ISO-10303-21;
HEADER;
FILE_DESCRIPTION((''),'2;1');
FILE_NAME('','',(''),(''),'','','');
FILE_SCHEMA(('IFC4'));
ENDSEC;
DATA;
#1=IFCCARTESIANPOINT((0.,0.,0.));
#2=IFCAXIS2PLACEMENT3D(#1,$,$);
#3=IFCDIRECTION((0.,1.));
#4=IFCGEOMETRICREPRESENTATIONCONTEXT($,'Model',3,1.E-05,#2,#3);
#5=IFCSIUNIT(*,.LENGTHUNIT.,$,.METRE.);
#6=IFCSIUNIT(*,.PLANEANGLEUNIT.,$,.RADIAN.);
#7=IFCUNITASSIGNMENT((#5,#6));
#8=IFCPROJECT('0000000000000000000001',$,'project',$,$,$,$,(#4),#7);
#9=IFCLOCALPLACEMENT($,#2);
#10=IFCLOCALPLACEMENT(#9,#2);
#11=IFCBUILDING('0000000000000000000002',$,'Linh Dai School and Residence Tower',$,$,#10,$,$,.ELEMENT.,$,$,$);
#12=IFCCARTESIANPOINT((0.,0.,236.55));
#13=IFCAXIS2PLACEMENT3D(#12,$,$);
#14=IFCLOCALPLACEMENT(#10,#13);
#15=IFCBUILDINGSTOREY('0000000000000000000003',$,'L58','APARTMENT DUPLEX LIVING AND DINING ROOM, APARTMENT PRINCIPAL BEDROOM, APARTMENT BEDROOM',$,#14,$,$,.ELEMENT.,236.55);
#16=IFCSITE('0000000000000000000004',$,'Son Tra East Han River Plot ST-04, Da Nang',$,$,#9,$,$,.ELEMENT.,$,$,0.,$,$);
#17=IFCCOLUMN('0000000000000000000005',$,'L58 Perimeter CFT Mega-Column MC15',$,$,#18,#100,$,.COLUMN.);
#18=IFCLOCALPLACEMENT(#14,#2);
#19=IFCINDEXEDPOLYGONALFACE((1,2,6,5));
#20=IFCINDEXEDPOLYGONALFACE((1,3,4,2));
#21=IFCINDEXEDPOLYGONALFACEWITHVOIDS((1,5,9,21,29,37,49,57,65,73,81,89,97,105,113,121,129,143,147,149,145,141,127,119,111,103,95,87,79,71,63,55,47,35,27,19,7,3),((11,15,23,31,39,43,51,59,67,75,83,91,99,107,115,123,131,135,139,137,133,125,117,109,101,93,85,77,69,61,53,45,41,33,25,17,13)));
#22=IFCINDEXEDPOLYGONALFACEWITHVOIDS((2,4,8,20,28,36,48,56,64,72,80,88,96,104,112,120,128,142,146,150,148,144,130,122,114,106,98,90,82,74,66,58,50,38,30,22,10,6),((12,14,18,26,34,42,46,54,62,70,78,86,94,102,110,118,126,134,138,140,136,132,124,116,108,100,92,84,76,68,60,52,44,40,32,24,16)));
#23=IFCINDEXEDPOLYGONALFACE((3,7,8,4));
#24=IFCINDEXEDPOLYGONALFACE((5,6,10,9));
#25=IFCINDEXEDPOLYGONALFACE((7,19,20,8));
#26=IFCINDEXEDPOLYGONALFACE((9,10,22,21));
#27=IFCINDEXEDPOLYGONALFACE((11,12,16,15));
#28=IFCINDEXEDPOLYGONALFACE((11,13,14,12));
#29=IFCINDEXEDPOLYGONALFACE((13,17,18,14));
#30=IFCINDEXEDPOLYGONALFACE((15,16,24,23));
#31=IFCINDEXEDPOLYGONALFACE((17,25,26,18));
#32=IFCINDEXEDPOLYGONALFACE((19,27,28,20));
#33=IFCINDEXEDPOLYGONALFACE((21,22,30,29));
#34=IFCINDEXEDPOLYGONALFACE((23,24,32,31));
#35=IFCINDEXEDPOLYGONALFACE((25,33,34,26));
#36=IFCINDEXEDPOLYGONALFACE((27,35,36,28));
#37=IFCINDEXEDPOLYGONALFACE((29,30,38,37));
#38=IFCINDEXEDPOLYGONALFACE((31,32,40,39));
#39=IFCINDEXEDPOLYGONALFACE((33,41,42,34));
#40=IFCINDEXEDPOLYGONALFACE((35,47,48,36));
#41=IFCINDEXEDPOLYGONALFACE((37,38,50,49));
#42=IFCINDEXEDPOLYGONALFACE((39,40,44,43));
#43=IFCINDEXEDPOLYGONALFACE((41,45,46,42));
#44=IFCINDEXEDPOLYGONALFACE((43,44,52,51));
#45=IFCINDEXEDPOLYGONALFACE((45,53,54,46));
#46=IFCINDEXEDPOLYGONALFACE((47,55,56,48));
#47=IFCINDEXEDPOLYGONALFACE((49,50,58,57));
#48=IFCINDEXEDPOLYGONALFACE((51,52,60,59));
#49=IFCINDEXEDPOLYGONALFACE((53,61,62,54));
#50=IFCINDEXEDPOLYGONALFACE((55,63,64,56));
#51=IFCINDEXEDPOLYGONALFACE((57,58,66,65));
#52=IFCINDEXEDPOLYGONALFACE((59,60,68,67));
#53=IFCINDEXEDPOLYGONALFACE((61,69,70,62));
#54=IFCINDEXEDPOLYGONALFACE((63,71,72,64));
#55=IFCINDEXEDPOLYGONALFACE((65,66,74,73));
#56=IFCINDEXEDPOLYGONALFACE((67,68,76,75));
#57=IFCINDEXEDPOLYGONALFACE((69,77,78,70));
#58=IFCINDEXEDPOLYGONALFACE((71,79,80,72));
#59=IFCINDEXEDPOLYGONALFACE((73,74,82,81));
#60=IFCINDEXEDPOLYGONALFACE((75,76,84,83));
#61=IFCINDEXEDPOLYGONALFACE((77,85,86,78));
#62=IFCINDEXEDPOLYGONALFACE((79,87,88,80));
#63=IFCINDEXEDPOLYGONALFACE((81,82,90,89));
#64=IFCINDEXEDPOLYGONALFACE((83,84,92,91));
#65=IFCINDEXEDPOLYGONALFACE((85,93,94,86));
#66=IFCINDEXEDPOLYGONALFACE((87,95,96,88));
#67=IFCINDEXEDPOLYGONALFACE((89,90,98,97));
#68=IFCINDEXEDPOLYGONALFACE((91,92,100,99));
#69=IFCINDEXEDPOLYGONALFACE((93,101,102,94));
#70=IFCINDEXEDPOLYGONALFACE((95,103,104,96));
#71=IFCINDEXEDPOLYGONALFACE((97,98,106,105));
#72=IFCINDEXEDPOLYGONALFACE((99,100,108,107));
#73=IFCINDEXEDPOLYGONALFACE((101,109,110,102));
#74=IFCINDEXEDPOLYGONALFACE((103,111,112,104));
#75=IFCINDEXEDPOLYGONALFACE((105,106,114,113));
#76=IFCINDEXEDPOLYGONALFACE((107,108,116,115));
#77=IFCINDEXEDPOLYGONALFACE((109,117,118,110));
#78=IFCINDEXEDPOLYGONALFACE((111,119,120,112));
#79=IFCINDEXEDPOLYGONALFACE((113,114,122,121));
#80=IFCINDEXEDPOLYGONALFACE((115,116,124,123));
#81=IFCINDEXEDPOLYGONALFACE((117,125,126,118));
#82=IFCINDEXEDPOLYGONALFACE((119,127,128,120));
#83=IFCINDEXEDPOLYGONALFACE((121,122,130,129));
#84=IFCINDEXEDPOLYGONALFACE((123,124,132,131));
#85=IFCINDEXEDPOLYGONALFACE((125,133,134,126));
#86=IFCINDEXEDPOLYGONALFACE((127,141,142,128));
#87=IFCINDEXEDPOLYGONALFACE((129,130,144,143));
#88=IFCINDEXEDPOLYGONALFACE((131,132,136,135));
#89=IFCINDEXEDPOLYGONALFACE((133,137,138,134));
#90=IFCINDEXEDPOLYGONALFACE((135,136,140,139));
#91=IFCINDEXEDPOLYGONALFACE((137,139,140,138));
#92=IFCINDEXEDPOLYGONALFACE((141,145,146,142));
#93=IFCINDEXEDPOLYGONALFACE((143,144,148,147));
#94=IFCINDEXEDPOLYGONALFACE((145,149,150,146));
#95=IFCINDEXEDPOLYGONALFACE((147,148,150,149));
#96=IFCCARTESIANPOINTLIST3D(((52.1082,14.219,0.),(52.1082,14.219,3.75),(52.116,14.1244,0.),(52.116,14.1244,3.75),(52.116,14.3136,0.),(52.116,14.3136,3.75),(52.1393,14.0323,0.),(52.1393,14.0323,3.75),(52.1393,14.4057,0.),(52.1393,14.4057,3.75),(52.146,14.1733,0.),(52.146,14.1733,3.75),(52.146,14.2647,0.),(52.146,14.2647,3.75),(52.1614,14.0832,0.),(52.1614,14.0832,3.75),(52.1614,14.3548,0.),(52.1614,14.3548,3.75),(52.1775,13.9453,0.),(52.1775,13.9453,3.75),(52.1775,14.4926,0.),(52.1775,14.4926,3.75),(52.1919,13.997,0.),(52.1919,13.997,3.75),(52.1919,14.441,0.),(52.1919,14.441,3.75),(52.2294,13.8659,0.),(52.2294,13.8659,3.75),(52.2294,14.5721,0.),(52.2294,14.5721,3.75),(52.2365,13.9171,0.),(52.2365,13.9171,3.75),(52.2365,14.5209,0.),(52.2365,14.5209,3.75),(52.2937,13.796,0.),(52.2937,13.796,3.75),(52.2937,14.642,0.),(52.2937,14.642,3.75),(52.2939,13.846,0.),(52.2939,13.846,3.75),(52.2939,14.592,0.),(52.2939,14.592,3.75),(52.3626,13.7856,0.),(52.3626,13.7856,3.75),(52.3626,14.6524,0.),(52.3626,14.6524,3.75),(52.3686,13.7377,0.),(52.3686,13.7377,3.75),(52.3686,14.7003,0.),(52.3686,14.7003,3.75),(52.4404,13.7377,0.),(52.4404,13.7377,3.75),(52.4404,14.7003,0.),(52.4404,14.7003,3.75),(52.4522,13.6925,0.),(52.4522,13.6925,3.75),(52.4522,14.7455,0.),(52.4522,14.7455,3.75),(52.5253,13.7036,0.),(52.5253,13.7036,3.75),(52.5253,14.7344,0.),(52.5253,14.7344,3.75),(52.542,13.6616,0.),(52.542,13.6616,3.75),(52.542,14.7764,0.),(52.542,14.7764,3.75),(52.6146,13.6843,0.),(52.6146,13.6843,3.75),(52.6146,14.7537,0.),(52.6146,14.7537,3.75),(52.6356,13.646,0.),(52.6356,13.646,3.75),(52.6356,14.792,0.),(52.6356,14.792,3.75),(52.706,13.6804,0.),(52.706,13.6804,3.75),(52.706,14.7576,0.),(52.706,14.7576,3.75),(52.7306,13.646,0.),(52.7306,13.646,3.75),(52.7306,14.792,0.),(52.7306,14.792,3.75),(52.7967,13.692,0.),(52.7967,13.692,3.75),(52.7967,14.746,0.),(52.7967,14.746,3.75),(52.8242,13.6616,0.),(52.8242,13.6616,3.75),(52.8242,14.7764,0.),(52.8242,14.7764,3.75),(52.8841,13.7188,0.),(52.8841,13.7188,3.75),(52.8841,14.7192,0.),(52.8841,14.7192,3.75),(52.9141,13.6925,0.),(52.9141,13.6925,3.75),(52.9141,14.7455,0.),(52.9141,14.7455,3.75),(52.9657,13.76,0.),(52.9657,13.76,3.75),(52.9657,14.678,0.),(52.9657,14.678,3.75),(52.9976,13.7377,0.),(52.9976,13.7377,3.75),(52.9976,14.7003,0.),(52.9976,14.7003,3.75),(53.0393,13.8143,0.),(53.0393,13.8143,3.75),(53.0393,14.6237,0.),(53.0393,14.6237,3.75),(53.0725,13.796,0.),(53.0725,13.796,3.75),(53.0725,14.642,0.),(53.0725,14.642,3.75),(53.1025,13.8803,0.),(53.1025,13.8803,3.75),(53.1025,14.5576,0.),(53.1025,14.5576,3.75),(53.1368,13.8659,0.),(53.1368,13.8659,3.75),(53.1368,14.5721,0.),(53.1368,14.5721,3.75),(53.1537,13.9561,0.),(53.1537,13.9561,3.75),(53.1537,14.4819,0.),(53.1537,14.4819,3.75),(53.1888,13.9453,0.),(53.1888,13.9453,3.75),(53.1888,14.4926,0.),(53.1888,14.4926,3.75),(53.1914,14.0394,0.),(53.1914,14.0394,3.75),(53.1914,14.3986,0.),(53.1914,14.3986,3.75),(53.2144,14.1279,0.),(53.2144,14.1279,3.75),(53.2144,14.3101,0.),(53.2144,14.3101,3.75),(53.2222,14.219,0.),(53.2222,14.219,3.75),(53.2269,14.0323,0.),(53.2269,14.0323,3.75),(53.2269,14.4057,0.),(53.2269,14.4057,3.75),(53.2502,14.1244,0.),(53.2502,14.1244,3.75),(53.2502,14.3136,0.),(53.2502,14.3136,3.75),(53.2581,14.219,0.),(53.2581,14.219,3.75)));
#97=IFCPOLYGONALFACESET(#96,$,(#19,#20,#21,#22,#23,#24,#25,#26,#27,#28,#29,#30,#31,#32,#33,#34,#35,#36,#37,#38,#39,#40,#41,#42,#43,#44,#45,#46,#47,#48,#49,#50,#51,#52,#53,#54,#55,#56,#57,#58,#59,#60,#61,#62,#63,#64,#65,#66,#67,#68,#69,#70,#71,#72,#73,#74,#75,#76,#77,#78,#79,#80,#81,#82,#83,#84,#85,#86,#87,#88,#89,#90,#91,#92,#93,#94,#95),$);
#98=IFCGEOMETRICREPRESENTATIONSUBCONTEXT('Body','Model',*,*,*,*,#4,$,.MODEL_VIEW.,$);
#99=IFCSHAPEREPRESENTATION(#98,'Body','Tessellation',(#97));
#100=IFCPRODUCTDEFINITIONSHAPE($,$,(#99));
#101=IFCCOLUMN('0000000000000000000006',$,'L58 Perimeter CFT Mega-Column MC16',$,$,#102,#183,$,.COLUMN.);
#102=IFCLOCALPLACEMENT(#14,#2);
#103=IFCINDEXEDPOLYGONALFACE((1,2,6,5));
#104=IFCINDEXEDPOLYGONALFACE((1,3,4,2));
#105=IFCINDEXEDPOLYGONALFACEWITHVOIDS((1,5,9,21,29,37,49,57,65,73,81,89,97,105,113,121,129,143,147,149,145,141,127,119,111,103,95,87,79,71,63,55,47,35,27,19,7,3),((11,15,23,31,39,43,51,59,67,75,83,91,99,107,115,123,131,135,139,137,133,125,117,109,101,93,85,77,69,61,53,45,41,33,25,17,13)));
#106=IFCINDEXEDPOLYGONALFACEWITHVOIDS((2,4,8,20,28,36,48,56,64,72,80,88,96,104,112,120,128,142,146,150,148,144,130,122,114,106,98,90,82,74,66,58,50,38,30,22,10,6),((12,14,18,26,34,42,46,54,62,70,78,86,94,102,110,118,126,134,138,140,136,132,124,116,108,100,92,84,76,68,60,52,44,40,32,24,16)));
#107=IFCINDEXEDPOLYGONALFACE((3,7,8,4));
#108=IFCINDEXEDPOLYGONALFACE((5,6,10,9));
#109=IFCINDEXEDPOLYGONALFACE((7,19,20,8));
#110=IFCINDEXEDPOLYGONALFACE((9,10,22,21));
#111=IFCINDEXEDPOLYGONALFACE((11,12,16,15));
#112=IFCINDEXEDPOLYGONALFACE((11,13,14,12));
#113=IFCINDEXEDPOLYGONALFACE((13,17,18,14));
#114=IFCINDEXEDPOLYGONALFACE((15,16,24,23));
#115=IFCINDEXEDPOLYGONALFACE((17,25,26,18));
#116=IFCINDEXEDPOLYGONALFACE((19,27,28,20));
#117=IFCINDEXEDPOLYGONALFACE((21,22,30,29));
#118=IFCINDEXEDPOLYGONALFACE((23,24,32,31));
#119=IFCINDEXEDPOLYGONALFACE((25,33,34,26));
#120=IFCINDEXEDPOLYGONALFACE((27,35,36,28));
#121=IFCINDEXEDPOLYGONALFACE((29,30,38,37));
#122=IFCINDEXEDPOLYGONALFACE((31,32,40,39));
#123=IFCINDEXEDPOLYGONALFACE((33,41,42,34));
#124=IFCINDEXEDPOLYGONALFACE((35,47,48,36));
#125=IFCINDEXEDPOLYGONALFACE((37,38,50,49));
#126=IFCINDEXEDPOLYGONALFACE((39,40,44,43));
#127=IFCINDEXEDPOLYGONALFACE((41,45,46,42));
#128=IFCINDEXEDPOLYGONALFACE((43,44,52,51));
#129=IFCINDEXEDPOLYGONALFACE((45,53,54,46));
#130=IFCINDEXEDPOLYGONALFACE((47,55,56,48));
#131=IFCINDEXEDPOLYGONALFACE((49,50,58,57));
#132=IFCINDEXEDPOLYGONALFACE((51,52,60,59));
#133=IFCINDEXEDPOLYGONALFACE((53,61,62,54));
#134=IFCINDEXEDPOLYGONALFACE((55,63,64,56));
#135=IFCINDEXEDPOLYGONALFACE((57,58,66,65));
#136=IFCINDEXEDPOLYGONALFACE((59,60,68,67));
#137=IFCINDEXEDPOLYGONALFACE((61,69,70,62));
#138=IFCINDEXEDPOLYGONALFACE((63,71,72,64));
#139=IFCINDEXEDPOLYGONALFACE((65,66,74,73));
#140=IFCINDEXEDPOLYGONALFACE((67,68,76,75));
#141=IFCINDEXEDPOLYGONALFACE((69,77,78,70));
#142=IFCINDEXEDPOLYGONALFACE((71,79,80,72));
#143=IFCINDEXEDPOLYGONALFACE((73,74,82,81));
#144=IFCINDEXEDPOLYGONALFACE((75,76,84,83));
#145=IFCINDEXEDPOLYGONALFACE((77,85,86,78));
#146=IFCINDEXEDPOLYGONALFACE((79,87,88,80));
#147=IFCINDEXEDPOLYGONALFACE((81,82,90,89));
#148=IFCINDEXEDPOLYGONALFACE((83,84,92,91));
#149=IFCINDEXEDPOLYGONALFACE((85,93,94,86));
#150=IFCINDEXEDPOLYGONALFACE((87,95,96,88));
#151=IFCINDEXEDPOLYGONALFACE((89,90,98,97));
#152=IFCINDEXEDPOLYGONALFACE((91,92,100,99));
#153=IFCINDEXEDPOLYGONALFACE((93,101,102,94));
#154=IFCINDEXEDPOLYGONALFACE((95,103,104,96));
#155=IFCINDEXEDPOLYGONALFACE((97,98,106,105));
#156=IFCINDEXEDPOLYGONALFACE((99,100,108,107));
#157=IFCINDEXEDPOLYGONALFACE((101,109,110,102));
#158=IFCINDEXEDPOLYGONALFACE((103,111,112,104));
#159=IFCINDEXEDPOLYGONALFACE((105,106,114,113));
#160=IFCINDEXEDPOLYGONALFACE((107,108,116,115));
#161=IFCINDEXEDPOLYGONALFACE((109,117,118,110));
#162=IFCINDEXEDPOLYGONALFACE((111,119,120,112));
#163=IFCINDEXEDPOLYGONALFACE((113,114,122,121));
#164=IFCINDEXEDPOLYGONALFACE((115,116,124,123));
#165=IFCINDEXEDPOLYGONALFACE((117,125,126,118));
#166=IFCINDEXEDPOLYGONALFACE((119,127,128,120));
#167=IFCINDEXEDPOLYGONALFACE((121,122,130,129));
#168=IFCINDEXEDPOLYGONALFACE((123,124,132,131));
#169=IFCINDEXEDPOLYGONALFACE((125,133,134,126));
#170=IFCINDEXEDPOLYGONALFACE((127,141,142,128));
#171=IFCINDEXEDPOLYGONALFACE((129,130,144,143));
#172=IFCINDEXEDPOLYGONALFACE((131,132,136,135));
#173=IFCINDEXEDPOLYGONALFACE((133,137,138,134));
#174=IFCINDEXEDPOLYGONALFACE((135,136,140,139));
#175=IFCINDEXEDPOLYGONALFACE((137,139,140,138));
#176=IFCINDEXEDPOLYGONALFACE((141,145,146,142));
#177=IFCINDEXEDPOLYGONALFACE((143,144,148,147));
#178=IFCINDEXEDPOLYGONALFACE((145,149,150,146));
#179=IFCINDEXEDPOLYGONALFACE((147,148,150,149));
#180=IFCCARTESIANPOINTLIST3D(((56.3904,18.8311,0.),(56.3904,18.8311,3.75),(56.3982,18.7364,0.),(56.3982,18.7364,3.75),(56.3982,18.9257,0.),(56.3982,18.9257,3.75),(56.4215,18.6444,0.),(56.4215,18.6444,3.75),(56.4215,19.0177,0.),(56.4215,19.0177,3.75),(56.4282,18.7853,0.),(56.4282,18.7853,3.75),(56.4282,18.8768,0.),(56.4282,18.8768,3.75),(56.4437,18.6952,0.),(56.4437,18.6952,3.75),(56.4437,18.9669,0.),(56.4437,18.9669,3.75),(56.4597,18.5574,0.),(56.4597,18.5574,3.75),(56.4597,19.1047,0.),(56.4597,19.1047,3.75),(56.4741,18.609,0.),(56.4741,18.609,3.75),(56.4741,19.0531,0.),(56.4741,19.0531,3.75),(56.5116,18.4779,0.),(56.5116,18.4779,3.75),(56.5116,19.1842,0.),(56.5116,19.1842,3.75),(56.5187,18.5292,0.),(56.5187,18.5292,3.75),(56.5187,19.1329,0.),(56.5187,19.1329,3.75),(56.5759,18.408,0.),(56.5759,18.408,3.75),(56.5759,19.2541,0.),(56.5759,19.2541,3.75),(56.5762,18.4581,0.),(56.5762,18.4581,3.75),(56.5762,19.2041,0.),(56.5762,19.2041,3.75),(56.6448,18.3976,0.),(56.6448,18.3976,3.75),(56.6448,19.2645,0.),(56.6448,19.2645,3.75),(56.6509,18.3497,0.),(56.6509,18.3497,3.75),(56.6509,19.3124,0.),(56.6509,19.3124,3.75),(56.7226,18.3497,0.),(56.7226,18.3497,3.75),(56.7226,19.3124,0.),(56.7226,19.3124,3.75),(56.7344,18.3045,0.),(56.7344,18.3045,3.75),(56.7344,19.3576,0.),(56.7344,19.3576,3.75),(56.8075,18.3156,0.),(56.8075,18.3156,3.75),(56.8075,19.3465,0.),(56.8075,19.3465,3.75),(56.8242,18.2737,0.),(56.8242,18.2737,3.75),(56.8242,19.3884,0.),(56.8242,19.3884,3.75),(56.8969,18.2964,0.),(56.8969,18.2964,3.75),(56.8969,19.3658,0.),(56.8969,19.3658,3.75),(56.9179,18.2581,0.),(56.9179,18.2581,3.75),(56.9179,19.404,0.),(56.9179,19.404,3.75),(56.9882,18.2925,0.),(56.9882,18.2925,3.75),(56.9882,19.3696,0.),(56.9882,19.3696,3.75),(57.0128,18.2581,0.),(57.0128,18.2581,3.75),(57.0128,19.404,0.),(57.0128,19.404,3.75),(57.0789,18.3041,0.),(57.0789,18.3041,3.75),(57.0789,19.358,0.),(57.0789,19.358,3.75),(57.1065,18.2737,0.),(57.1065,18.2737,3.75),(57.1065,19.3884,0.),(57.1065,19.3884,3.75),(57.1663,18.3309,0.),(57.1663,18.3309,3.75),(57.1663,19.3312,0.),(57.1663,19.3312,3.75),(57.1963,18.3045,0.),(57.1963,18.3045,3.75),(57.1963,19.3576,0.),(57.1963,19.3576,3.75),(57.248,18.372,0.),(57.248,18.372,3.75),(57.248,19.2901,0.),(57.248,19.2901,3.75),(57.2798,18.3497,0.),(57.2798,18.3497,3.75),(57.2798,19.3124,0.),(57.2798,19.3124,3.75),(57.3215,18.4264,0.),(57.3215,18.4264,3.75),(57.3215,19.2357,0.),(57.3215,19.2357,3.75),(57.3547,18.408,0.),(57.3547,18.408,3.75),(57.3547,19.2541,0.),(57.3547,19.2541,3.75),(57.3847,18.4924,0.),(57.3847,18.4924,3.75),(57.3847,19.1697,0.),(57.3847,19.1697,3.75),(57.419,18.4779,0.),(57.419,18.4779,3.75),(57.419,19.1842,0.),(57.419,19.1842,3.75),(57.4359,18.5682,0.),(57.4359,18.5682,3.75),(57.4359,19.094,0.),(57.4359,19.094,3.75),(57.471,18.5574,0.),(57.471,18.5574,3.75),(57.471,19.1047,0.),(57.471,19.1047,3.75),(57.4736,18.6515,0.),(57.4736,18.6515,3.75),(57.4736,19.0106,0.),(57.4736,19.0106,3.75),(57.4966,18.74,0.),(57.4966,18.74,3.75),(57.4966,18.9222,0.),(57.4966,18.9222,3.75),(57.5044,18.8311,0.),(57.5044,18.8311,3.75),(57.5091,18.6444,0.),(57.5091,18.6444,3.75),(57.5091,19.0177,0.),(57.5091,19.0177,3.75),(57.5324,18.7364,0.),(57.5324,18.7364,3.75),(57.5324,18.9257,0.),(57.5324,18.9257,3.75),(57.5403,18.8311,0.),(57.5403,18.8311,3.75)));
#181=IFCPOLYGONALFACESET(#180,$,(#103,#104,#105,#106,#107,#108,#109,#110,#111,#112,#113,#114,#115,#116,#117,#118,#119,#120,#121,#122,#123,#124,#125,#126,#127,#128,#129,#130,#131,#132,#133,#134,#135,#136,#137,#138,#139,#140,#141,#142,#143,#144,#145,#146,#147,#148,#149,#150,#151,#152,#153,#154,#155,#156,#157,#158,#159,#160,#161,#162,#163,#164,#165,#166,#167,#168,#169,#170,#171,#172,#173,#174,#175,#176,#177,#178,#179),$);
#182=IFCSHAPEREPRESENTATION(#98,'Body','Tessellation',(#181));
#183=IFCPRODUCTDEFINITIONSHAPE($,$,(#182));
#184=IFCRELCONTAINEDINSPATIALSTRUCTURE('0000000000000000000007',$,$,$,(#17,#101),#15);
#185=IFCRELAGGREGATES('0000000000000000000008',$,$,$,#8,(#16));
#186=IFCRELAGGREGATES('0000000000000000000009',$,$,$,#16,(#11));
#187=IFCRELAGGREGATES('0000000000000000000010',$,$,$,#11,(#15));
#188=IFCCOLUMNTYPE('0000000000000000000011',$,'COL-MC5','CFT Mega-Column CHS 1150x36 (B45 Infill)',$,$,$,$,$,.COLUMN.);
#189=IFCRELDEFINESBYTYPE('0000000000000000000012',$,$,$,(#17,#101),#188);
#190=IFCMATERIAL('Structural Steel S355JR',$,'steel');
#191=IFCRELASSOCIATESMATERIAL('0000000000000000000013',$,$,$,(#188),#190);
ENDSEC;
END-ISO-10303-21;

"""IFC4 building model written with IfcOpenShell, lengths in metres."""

from ifc_helpers import new_model, si_unit, direction, frame, origin, origin_2d, place, context, subcontext, project, spatial, hollow_circle, extrude, material, material_profile, profile_set, type_object, element, save


model = new_model("IFC4")

# Units and contexts
model_context = context("Model", 3, precision=1e-05, world=origin(), true_north=direction((0.0, 1.0)))
body_context = subcontext(model_context, "Body", "Model", "MODEL_VIEW")
ifc_project = project(units=[si_unit("LENGTHUNIT", "METRE"), si_unit("PLANEANGLEUNIT", "RADIAN")], contexts=[model_context])

# Site, building, storey
site_placement = place(None, origin())
site = spatial("IfcSite", under=ifc_project, at=site_placement, Name="Son Tra East Han River Plot ST-04, Da Nang", CompositionType="ELEMENT", RefElevation=0.0)
building_placement = place(site_placement, origin())
building = spatial("IfcBuilding", under=site, at=building_placement, Name="Linh Dai School and Residence Tower", CompositionType="ELEMENT")
storey_placement = place(building_placement, frame((0.0, 0.0, 236.55)))
storey = spatial("IfcBuildingStorey", under=building, at=storey_placement, Name="L58", Description="APARTMENT DUPLEX LIVING AND DINING ROOM, APARTMENT PRINCIPAL BEDROOM, APARTMENT BEDROOM", CompositionType="ELEMENT", Elevation=236.55)

# Columns
ifc_material_1 = material(Name="Structural Steel S355JR", Category="steel")
ifc_material_profile_1 = material_profile(ifc_material_1, hollow_circle(Radius=0.575, WallThickness=0.0359, at=origin_2d()), Name="CHS 1150x36")
ifc_profile_set_1 = profile_set([ifc_material_profile_1], Name="Structural Steel S355JR")
column_type = type_object("IfcColumnType", Name="COL-MC5", Description="CFT Mega-Column CHS 1150x36 (B45 Infill)", PredefinedType="COLUMN", material=ifc_profile_set_1)
for number, where, z_axis, x_axis, name in (
    (1, (52.6831, 14.219, 0.0), (0.0, 0.0, 1.0), (1.0, 0.0, 0.0), "L58 Perimeter CFT Mega-Column MC15"),
    (2, (56.9653, 18.8311, 0.0), (0.0, 0.0, 1.0), (1.0, 0.0, 0.0), "L58 Perimeter CFT Mega-Column MC16"),
):
    element("IfcColumn", number, at=place(storey_placement, frame(where, z_axis=z_axis, x_axis=x_axis)), inside=storey, type_object=column_type, Name=name, PredefinedType="COLUMN", context=body_context, shape_type="SweptSolid", body=[
        extrude(hollow_circle(Radius=0.575, WallThickness=0.0359, at=origin_2d()), origin(), (0.0, 0.0, 1.0), 3.75),
    ])

save(model, "model.ifc")
